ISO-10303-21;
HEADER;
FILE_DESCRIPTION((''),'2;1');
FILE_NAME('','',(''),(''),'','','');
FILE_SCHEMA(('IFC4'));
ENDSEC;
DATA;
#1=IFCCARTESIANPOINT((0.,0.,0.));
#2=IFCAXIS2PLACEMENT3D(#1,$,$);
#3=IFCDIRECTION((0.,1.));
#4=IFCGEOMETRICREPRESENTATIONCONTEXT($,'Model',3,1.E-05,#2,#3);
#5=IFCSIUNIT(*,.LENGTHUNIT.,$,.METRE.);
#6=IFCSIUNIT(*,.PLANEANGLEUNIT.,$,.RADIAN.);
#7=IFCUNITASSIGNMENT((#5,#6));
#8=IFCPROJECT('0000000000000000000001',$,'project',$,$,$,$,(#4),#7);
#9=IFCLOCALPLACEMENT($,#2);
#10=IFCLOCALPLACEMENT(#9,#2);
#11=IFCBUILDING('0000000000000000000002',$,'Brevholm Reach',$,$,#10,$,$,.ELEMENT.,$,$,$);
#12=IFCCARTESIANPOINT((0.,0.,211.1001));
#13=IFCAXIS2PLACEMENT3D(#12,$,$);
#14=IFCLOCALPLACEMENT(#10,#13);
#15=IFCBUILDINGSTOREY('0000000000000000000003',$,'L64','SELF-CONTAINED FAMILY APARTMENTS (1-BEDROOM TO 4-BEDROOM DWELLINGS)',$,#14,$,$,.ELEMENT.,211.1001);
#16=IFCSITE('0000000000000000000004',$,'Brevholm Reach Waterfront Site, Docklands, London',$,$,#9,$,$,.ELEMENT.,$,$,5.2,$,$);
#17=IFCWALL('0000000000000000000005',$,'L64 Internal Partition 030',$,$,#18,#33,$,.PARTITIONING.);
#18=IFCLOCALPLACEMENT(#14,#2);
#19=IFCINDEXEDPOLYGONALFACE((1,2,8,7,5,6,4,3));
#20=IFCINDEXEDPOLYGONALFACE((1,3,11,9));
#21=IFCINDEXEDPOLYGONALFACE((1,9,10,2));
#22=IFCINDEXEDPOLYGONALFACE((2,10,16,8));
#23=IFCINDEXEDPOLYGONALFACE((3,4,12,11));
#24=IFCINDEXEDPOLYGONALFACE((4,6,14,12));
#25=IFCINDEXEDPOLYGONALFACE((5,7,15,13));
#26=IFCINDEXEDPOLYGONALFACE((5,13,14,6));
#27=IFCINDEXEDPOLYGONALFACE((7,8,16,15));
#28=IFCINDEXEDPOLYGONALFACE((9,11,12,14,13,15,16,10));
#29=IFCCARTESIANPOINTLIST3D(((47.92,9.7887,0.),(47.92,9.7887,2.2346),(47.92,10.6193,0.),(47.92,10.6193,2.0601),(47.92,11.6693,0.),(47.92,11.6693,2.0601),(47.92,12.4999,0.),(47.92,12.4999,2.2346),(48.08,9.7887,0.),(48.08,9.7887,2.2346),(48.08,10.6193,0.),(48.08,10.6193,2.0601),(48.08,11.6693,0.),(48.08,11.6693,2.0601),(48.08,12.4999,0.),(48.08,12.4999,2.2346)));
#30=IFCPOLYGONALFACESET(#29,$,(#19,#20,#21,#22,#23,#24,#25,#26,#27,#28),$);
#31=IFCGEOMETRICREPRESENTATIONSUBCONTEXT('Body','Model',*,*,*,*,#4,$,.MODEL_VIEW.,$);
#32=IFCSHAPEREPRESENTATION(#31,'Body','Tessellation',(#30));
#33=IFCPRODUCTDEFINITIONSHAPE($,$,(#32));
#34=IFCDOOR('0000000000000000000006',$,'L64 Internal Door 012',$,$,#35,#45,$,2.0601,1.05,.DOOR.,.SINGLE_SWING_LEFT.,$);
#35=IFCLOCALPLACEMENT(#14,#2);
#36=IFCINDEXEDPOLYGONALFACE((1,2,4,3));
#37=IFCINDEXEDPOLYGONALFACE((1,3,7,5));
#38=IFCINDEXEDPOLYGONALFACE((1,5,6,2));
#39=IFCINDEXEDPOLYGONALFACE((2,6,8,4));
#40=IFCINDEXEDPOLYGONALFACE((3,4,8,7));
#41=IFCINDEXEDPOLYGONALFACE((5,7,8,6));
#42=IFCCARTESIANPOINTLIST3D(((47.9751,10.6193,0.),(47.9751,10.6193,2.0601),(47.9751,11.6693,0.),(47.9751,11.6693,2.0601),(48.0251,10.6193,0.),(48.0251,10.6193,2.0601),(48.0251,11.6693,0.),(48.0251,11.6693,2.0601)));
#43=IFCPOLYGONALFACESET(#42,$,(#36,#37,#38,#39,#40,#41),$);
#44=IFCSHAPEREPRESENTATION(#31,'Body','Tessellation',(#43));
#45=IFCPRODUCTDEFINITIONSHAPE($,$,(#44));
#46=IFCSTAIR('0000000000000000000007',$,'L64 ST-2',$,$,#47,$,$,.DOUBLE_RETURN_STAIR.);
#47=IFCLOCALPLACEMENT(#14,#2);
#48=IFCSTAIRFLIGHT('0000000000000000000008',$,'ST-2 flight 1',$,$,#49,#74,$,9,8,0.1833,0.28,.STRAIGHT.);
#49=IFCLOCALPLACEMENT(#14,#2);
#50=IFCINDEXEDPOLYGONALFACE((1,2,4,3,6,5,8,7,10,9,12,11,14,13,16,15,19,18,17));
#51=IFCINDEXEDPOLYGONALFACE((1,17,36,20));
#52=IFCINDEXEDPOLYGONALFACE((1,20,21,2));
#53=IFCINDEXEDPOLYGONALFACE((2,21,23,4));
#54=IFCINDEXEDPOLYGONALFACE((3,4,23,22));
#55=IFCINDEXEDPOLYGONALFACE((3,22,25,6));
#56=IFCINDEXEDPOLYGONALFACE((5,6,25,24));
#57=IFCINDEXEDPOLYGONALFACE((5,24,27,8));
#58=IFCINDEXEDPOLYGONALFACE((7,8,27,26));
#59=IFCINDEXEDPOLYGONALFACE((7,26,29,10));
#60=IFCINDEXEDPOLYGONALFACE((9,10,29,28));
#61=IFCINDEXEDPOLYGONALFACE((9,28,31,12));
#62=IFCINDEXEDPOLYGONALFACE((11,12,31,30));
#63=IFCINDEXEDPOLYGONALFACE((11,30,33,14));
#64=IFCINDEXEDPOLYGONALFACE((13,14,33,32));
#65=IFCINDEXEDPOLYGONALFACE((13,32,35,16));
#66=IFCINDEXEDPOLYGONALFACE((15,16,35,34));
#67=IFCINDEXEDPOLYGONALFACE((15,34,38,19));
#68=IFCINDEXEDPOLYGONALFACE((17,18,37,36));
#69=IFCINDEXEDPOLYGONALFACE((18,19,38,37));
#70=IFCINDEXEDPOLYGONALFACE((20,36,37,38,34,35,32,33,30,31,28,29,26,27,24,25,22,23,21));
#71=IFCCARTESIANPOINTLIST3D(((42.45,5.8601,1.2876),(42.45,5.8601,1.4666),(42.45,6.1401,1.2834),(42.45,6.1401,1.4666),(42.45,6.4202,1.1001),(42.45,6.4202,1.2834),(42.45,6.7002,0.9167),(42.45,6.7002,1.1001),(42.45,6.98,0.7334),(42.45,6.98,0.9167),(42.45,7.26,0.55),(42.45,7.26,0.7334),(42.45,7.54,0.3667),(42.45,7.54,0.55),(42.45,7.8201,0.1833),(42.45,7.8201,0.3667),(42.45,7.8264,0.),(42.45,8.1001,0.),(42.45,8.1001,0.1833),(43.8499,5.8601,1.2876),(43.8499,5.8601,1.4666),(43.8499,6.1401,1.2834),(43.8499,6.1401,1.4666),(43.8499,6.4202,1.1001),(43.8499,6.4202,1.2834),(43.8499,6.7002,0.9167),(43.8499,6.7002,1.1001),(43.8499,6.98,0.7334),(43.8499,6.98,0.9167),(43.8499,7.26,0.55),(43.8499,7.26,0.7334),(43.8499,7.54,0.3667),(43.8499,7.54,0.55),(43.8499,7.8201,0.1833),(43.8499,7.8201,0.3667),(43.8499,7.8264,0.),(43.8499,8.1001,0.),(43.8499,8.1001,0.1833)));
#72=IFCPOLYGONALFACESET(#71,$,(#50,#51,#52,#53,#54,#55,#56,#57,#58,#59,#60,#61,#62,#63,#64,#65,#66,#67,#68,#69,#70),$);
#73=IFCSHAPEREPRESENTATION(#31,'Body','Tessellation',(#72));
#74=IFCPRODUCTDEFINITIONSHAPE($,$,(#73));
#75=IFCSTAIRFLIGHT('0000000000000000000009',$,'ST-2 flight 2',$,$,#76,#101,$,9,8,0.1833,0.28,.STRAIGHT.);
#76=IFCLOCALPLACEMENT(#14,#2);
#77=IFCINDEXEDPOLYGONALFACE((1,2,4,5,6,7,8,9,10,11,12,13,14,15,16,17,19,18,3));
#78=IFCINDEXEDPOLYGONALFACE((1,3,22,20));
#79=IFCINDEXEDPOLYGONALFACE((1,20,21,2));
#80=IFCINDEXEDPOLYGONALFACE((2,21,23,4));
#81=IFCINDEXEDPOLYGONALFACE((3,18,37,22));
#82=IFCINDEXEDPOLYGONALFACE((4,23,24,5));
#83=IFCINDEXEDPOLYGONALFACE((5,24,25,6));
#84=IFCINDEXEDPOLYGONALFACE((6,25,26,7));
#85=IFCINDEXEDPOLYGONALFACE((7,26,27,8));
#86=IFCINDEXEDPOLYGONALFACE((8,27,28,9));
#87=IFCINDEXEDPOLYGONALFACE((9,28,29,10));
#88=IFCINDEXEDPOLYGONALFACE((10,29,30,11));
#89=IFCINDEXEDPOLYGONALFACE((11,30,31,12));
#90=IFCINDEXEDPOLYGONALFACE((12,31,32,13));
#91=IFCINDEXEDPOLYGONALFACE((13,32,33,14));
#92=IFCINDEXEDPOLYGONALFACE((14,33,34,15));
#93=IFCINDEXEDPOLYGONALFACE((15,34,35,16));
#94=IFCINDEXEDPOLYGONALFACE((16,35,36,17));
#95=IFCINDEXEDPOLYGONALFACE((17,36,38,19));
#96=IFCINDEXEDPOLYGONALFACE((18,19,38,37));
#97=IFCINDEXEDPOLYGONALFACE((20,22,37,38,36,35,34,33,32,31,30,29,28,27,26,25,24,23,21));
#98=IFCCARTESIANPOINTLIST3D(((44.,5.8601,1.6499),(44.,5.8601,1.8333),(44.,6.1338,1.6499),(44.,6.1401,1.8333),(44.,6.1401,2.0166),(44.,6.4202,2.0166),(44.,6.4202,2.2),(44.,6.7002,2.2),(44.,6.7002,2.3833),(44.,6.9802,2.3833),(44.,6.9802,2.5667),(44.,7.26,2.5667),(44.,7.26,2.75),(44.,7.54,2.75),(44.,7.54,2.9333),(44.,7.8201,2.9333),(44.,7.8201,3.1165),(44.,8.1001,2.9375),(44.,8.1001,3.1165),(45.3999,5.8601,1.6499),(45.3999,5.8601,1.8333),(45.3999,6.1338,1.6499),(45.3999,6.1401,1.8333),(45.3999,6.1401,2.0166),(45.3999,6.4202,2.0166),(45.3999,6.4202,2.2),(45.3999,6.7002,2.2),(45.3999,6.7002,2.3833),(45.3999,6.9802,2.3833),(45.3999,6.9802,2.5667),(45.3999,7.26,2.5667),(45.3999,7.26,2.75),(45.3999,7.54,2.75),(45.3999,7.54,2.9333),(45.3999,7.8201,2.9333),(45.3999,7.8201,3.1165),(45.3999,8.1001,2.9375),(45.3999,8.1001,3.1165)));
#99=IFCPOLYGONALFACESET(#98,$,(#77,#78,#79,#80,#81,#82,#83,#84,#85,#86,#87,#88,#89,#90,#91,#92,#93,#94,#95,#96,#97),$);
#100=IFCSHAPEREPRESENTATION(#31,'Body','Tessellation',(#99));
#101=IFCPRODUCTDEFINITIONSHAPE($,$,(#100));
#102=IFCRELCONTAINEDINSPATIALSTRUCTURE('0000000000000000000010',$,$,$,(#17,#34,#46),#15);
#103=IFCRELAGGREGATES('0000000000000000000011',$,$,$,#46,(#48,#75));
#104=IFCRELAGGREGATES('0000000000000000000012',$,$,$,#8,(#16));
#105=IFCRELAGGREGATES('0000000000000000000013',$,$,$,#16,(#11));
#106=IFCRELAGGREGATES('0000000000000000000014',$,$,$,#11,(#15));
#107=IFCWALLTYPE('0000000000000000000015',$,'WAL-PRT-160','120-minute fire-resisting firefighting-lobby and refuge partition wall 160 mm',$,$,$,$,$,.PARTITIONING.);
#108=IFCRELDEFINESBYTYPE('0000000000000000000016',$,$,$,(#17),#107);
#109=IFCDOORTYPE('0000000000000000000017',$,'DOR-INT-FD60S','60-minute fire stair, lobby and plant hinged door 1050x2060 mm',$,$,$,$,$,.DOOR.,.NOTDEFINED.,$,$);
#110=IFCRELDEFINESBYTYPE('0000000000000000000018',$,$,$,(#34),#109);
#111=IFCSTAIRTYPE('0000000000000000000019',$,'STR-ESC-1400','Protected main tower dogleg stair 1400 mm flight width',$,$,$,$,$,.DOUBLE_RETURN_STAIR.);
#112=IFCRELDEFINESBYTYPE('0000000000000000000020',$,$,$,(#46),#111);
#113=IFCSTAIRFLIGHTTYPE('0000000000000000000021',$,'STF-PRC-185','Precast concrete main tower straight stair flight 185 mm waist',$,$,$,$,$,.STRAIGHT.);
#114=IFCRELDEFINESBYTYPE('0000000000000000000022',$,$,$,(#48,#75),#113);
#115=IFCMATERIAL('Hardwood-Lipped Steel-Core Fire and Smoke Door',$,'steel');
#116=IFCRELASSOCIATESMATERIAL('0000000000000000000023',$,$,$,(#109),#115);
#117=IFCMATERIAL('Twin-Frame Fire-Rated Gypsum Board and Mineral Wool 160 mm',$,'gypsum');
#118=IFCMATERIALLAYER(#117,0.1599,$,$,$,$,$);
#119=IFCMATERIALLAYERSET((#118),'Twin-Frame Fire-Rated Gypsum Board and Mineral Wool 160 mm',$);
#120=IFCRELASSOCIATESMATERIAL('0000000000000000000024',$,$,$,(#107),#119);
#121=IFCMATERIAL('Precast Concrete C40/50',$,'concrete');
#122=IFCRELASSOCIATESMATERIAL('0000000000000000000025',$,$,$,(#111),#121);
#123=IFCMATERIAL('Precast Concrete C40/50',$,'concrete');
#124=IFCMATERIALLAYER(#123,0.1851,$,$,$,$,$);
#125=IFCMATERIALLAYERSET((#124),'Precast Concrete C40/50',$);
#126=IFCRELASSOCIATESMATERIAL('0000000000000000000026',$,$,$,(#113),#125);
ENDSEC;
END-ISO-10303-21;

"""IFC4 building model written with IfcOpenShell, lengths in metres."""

from ifc_helpers import new_model, si_unit, direction, frame, frame_2d, origin, place, context, subcontext, project, spatial, polyline, rectangle, outline, extrude, material, layer, layer_set, type_object, element, fill, aggregate, save


model = new_model("IFC4")

# Units and contexts
model_context = context("Model", 3, precision=1e-05, world=origin(), true_north=direction((0.0, 1.0)))
body_context = subcontext(model_context, "Body", "Model", "MODEL_VIEW")
ifc_project = project(units=[si_unit("LENGTHUNIT", "METRE"), si_unit("PLANEANGLEUNIT", "RADIAN")], contexts=[model_context])

# Site, building, storey
site_placement = place(None, origin())
site = spatial("IfcSite", under=ifc_project, at=site_placement, Name="Brevholm Reach Waterfront Site, Docklands, London", CompositionType="ELEMENT", RefElevation=5.2)
building_placement = place(site_placement, origin())
building = spatial("IfcBuilding", under=site, at=building_placement, Name="Brevholm Reach", CompositionType="ELEMENT")
storey_placement = place(building_placement, frame((0.0, 0.0, 211.1001)))
storey = spatial("IfcBuildingStorey", under=building, at=storey_placement, Name="L64", Description="SELF-CONTAINED FAMILY APARTMENTS (1-BEDROOM TO 4-BEDROOM DWELLINGS)", CompositionType="ELEMENT", Elevation=211.1001)

# Shared definitions
ifc_material_1 = material(Name="Hardwood-Lipped Steel-Core Fire and Smoke Door", Category="steel")
door_type_1 = type_object("IfcDoorType", Name="DOR-INT-FD60S", Description="60-minute fire stair, lobby and plant hinged door 1050x2060 mm", OperationType="NOTDEFINED", PredefinedType="DOOR", material=ifc_material_1)

# Wall, opening, door
ifc_material_2 = material(Name="Twin-Frame Fire-Rated Gypsum Board and Mineral Wool 160 mm", Category="gypsum")
ifc_layer_1 = layer(ifc_material_2, 0.1599)
ifc_layer_set_1 = layer_set([ifc_layer_1], Name="Twin-Frame Fire-Rated Gypsum Board and Mineral Wool 160 mm")
wall_type_1 = type_object("IfcWallType", Name="WAL-PRT-160", Description="120-minute fire-resisting firefighting-lobby and refuge partition wall 160 mm", PredefinedType="PARTITIONING", material=ifc_layer_set_1)
wall_1_placement = place(storey_placement, frame((48.0, 9.7888, 0.0), z_axis=(0.0, 0.0, 1.0), x_axis=(0.0, 1.0, 0.0)))
wall_1 = element("IfcWall", 1, at=wall_1_placement, inside=storey, type_object=wall_type_1, Name="L64 Internal Partition 030", PredefinedType="PARTITIONING", context=body_context, shape_type="SweptSolid", body=[
    extrude(rectangle(XDim=2.7112, YDim=0.1599, at=frame_2d((1.3555, 0.0))), origin(), (0.0, 0.0, 1.0), 2.2346),
])
opening_1_placement = place(wall_1_placement, frame((0.8306, 0.0, 0.0)))
opening_1 = element("IfcOpeningElement", 2, at=opening_1_placement, cuts=wall_1, PredefinedType="OPENING", context=body_context, shape_type="SweptSolid", body=[
    extrude(rectangle(XDim=1.05, YDim=2.0601, at=frame_2d((0.5249, 1.03))), frame((0.0, 0.0898, 0.0), z_axis=(0.0, -1.0, 0.0), x_axis=(1.0, 0.0, 0.0)), (0.0, 0.0, 1.0), 0.1799),
])
door_1_placement = place(opening_1_placement, origin())
door_1 = element("IfcDoor", 3, at=door_1_placement, inside=storey, type_object=door_type_1, Name="L64 Internal Door 012", OperationType="SINGLE_SWING_LEFT", OverallHeight=2.0601, OverallWidth=1.05, PredefinedType="DOOR", context=body_context, shape_type="SweptSolid", body=[
    extrude(rectangle(XDim=1.05, YDim=2.0601, at=frame_2d((0.5249, 1.03))), frame((0.0, 0.0249, 0.0), z_axis=(0.0, -1.0, 0.0), x_axis=(1.0, 0.0, 0.0)), (0.0, 0.0, 1.0), 0.05),
])
fill(opening_1, door_1)

# Stair, stair flights
ifc_material_3 = material(Name="Precast Concrete C40/50", Category="concrete")
stair_type = type_object("IfcStairType", Name="STR-ESC-1400", Description="Protected main tower dogleg stair 1400 mm flight width", PredefinedType="DOUBLE_RETURN_STAIR", material=ifc_material_3)
stair_placement = place(storey_placement, origin())
stair = element("IfcStair", 4, at=stair_placement, inside=storey, type_object=stair_type, Name="L64 ST-2", PredefinedType="DOUBLE_RETURN_STAIR")
ifc_material_4 = material(Name="Precast Concrete C40/50", Category="concrete")
ifc_layer_2 = layer(ifc_material_4, 0.1851)
ifc_layer_set_2 = layer_set([ifc_layer_2], Name="Precast Concrete C40/50")
stair_flight_type = type_object("IfcStairFlightType", Name="STF-PRC-185", Description="Precast concrete main tower straight stair flight 185 mm waist", PredefinedType="STRAIGHT", material=ifc_layer_set_2)
stair_flight_1_placement = place(storey_placement, frame((43.1499, 8.1001, 0.0), z_axis=(0.0, 0.0, 1.0), x_axis=(0.0, -1.0, 0.0)))
stair_flight_1 = element("IfcStairFlight", 5, at=stair_flight_1_placement, type_object=stair_flight_type, Name="ST-2 flight 1", NumberOfRisers=9, NumberOfTreads=8, PredefinedType="STRAIGHT", RiserHeight=0.1833, TreadLength=0.28, context=body_context, shape_type="SweptSolid", body=[
    extrude(outline(polyline([(0.0, 0.0), (0.0, 0.1833), (0.28, 0.1833), (0.28, 0.3667), (0.5601, 0.3667), (0.5601, 0.55), (0.8401, 0.55), (0.8401, 0.7334), (1.1201, 0.7334), (1.1201, 0.9167), (1.3999, 0.9167), (1.3999, 1.1001), (1.6799, 1.1001), (1.6799, 1.2834), (1.96, 1.2834), (1.96, 1.4666), (2.24, 1.4666), (2.24, 1.6499), (2.24, 1.2876), (0.2737, 0.0), (0.0, 0.0)])), frame((0.0, 0.7, 0.0), z_axis=(0.0, -1.0, 0.0), x_axis=(1.0, 0.0, 0.0)), (0.0, 0.0, 1.0), 1.3999),
])
stair_flight_2_placement = place(storey_placement, frame((44.7, 5.8601, 1.6499), z_axis=(0.0, 0.0, 1.0), x_axis=(0.0, 1.0, 0.0)))
stair_flight_2 = element("IfcStairFlight", 6, at=stair_flight_2_placement, type_object=stair_flight_type, Name="ST-2 flight 2", NumberOfRisers=9, NumberOfTreads=8, PredefinedType="STRAIGHT", RiserHeight=0.1833, TreadLength=0.28, context=body_context, shape_type="SweptSolid", body=[
    extrude(outline(polyline([(0.0, 0.0), (0.0, 0.1833), (0.28, 0.1833), (0.28, 0.3667), (0.5601, 0.3667), (0.5601, 0.55), (0.8401, 0.55), (0.8401, 0.7334), (1.1201, 0.7334), (1.1201, 0.9167), (1.3999, 0.9167), (1.3999, 1.1001), (1.6799, 1.1001), (1.6799, 1.2834), (1.96, 1.2834), (1.96, 1.4666), (2.24, 1.4666), (2.24, 1.6499), (2.24, 1.2876), (0.2737, 0.0), (0.0, 0.0)])), frame((0.0, 0.7, 0.0), z_axis=(0.0, -1.0, 0.0), x_axis=(1.0, 0.0, 0.0)), (0.0, 0.0, 1.0), 1.3999),
])
aggregate(stair, [stair_flight_1, stair_flight_2])

save(model, "model.ifc")
